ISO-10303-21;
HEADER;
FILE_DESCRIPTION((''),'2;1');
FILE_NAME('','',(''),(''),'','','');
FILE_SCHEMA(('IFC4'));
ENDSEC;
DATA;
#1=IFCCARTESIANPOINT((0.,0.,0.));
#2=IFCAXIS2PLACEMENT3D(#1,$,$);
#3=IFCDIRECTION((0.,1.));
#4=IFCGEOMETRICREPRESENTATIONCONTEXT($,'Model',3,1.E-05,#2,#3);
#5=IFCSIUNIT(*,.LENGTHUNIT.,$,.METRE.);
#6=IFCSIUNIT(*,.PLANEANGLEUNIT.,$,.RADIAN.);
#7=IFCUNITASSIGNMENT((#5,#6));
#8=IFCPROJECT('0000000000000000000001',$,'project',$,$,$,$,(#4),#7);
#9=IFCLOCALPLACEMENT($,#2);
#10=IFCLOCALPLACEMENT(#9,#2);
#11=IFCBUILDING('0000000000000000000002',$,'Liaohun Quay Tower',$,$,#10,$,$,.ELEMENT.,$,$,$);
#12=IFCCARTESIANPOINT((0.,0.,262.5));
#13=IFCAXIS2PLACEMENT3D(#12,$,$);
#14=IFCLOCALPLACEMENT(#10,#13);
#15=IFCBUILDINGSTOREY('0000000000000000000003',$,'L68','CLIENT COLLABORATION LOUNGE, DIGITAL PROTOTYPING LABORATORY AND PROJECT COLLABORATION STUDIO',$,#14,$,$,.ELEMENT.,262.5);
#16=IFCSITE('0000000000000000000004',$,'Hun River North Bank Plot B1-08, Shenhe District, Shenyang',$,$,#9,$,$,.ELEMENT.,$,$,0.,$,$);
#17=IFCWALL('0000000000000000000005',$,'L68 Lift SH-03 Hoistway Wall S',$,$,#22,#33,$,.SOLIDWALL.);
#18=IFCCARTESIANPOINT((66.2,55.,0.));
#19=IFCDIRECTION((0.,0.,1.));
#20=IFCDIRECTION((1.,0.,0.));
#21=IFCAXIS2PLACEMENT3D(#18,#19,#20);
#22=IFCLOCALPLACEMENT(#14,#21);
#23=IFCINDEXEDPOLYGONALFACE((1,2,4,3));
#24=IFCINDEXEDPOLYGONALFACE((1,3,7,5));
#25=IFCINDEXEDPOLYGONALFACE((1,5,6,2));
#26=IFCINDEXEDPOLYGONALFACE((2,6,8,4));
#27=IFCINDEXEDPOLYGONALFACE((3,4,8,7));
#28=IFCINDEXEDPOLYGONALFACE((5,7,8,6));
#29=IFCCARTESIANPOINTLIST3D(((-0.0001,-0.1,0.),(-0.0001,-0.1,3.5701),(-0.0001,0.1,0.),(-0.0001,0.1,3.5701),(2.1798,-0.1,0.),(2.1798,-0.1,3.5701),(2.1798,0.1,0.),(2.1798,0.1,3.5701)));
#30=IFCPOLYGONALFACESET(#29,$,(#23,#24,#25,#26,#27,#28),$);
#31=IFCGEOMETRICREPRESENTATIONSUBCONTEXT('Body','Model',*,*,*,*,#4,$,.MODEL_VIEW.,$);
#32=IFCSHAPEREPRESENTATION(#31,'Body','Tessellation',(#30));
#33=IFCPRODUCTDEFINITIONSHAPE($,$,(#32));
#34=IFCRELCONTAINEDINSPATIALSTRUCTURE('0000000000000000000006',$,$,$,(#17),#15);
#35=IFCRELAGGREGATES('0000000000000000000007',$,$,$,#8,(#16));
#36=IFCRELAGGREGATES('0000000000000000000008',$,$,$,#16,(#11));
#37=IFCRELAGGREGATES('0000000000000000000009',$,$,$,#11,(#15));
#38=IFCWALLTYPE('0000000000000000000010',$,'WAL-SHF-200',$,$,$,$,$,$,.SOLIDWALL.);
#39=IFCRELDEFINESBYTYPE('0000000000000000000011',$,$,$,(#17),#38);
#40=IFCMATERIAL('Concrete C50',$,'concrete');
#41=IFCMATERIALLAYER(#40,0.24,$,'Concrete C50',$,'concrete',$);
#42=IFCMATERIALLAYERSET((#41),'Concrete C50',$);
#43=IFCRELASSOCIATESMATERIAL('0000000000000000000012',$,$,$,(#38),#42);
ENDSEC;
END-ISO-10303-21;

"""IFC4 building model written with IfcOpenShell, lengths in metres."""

from ifc_helpers import new_model, si_unit, direction, frame, frame_2d, origin, place, context, subcontext, project, spatial, rectangle, extrude, material, layer, layer_set, type_object, element, save


model = new_model("IFC4")

# Units and contexts
model_context = context("Model", 3, precision=1e-05, world=origin(), true_north=direction((0.0, 1.0)))
body_context = subcontext(model_context, "Body", "Model", "MODEL_VIEW")
ifc_project = project(units=[si_unit("LENGTHUNIT", "METRE"), si_unit("PLANEANGLEUNIT", "RADIAN")], contexts=[model_context])

# Site, building, storey
site_placement = place(None, origin())
site = spatial("IfcSite", under=ifc_project, at=site_placement, Name="Hun River North Bank Plot B1-08, Shenhe District, Shenyang", CompositionType="ELEMENT", RefElevation=0.0)
building_placement = place(site_placement, origin())
building = spatial("IfcBuilding", under=site, at=building_placement, Name="Liaohun Quay Tower", CompositionType="ELEMENT")
storey_placement = place(building_placement, frame((0.0, 0.0, 262.5)))
storey = spatial("IfcBuildingStorey", under=building, at=storey_placement, Name="L68", Description="CLIENT COLLABORATION LOUNGE, DIGITAL PROTOTYPING LABORATORY AND PROJECT COLLABORATION STUDIO", CompositionType="ELEMENT", Elevation=262.5)

# Shared definitions
ifc_material_1 = material(Name="Concrete C50", Category="concrete")
ifc_layer_1 = layer(ifc_material_1, 0.24, Name="Concrete C50", Category="concrete")
ifc_layer_set_1 = layer_set([ifc_layer_1], Name="Concrete C50")
wall_type_1 = type_object("IfcWallType", Name="WAL-SHF-200", PredefinedType="SOLIDWALL", material=ifc_layer_set_1)

# Wall
wall_1_placement = place(storey_placement, frame((66.2, 55.0, 0.0), z_axis=(0.0, 0.0, 1.0), x_axis=(1.0, 0.0, 0.0)))
element("IfcWall", 1, at=wall_1_placement, inside=storey, type_object=wall_type_1, Name="L68 Lift SH-03 Hoistway Wall S", PredefinedType="SOLIDWALL", context=body_context, shape_type="SweptSolid", body=[
    extrude(rectangle(XDim=2.1799, YDim=0.2, at=frame_2d((1.0898, 0.0))), origin(), (0.0, 0.0, 1.0), 3.5701),
])

save(model, "model.ifc")
